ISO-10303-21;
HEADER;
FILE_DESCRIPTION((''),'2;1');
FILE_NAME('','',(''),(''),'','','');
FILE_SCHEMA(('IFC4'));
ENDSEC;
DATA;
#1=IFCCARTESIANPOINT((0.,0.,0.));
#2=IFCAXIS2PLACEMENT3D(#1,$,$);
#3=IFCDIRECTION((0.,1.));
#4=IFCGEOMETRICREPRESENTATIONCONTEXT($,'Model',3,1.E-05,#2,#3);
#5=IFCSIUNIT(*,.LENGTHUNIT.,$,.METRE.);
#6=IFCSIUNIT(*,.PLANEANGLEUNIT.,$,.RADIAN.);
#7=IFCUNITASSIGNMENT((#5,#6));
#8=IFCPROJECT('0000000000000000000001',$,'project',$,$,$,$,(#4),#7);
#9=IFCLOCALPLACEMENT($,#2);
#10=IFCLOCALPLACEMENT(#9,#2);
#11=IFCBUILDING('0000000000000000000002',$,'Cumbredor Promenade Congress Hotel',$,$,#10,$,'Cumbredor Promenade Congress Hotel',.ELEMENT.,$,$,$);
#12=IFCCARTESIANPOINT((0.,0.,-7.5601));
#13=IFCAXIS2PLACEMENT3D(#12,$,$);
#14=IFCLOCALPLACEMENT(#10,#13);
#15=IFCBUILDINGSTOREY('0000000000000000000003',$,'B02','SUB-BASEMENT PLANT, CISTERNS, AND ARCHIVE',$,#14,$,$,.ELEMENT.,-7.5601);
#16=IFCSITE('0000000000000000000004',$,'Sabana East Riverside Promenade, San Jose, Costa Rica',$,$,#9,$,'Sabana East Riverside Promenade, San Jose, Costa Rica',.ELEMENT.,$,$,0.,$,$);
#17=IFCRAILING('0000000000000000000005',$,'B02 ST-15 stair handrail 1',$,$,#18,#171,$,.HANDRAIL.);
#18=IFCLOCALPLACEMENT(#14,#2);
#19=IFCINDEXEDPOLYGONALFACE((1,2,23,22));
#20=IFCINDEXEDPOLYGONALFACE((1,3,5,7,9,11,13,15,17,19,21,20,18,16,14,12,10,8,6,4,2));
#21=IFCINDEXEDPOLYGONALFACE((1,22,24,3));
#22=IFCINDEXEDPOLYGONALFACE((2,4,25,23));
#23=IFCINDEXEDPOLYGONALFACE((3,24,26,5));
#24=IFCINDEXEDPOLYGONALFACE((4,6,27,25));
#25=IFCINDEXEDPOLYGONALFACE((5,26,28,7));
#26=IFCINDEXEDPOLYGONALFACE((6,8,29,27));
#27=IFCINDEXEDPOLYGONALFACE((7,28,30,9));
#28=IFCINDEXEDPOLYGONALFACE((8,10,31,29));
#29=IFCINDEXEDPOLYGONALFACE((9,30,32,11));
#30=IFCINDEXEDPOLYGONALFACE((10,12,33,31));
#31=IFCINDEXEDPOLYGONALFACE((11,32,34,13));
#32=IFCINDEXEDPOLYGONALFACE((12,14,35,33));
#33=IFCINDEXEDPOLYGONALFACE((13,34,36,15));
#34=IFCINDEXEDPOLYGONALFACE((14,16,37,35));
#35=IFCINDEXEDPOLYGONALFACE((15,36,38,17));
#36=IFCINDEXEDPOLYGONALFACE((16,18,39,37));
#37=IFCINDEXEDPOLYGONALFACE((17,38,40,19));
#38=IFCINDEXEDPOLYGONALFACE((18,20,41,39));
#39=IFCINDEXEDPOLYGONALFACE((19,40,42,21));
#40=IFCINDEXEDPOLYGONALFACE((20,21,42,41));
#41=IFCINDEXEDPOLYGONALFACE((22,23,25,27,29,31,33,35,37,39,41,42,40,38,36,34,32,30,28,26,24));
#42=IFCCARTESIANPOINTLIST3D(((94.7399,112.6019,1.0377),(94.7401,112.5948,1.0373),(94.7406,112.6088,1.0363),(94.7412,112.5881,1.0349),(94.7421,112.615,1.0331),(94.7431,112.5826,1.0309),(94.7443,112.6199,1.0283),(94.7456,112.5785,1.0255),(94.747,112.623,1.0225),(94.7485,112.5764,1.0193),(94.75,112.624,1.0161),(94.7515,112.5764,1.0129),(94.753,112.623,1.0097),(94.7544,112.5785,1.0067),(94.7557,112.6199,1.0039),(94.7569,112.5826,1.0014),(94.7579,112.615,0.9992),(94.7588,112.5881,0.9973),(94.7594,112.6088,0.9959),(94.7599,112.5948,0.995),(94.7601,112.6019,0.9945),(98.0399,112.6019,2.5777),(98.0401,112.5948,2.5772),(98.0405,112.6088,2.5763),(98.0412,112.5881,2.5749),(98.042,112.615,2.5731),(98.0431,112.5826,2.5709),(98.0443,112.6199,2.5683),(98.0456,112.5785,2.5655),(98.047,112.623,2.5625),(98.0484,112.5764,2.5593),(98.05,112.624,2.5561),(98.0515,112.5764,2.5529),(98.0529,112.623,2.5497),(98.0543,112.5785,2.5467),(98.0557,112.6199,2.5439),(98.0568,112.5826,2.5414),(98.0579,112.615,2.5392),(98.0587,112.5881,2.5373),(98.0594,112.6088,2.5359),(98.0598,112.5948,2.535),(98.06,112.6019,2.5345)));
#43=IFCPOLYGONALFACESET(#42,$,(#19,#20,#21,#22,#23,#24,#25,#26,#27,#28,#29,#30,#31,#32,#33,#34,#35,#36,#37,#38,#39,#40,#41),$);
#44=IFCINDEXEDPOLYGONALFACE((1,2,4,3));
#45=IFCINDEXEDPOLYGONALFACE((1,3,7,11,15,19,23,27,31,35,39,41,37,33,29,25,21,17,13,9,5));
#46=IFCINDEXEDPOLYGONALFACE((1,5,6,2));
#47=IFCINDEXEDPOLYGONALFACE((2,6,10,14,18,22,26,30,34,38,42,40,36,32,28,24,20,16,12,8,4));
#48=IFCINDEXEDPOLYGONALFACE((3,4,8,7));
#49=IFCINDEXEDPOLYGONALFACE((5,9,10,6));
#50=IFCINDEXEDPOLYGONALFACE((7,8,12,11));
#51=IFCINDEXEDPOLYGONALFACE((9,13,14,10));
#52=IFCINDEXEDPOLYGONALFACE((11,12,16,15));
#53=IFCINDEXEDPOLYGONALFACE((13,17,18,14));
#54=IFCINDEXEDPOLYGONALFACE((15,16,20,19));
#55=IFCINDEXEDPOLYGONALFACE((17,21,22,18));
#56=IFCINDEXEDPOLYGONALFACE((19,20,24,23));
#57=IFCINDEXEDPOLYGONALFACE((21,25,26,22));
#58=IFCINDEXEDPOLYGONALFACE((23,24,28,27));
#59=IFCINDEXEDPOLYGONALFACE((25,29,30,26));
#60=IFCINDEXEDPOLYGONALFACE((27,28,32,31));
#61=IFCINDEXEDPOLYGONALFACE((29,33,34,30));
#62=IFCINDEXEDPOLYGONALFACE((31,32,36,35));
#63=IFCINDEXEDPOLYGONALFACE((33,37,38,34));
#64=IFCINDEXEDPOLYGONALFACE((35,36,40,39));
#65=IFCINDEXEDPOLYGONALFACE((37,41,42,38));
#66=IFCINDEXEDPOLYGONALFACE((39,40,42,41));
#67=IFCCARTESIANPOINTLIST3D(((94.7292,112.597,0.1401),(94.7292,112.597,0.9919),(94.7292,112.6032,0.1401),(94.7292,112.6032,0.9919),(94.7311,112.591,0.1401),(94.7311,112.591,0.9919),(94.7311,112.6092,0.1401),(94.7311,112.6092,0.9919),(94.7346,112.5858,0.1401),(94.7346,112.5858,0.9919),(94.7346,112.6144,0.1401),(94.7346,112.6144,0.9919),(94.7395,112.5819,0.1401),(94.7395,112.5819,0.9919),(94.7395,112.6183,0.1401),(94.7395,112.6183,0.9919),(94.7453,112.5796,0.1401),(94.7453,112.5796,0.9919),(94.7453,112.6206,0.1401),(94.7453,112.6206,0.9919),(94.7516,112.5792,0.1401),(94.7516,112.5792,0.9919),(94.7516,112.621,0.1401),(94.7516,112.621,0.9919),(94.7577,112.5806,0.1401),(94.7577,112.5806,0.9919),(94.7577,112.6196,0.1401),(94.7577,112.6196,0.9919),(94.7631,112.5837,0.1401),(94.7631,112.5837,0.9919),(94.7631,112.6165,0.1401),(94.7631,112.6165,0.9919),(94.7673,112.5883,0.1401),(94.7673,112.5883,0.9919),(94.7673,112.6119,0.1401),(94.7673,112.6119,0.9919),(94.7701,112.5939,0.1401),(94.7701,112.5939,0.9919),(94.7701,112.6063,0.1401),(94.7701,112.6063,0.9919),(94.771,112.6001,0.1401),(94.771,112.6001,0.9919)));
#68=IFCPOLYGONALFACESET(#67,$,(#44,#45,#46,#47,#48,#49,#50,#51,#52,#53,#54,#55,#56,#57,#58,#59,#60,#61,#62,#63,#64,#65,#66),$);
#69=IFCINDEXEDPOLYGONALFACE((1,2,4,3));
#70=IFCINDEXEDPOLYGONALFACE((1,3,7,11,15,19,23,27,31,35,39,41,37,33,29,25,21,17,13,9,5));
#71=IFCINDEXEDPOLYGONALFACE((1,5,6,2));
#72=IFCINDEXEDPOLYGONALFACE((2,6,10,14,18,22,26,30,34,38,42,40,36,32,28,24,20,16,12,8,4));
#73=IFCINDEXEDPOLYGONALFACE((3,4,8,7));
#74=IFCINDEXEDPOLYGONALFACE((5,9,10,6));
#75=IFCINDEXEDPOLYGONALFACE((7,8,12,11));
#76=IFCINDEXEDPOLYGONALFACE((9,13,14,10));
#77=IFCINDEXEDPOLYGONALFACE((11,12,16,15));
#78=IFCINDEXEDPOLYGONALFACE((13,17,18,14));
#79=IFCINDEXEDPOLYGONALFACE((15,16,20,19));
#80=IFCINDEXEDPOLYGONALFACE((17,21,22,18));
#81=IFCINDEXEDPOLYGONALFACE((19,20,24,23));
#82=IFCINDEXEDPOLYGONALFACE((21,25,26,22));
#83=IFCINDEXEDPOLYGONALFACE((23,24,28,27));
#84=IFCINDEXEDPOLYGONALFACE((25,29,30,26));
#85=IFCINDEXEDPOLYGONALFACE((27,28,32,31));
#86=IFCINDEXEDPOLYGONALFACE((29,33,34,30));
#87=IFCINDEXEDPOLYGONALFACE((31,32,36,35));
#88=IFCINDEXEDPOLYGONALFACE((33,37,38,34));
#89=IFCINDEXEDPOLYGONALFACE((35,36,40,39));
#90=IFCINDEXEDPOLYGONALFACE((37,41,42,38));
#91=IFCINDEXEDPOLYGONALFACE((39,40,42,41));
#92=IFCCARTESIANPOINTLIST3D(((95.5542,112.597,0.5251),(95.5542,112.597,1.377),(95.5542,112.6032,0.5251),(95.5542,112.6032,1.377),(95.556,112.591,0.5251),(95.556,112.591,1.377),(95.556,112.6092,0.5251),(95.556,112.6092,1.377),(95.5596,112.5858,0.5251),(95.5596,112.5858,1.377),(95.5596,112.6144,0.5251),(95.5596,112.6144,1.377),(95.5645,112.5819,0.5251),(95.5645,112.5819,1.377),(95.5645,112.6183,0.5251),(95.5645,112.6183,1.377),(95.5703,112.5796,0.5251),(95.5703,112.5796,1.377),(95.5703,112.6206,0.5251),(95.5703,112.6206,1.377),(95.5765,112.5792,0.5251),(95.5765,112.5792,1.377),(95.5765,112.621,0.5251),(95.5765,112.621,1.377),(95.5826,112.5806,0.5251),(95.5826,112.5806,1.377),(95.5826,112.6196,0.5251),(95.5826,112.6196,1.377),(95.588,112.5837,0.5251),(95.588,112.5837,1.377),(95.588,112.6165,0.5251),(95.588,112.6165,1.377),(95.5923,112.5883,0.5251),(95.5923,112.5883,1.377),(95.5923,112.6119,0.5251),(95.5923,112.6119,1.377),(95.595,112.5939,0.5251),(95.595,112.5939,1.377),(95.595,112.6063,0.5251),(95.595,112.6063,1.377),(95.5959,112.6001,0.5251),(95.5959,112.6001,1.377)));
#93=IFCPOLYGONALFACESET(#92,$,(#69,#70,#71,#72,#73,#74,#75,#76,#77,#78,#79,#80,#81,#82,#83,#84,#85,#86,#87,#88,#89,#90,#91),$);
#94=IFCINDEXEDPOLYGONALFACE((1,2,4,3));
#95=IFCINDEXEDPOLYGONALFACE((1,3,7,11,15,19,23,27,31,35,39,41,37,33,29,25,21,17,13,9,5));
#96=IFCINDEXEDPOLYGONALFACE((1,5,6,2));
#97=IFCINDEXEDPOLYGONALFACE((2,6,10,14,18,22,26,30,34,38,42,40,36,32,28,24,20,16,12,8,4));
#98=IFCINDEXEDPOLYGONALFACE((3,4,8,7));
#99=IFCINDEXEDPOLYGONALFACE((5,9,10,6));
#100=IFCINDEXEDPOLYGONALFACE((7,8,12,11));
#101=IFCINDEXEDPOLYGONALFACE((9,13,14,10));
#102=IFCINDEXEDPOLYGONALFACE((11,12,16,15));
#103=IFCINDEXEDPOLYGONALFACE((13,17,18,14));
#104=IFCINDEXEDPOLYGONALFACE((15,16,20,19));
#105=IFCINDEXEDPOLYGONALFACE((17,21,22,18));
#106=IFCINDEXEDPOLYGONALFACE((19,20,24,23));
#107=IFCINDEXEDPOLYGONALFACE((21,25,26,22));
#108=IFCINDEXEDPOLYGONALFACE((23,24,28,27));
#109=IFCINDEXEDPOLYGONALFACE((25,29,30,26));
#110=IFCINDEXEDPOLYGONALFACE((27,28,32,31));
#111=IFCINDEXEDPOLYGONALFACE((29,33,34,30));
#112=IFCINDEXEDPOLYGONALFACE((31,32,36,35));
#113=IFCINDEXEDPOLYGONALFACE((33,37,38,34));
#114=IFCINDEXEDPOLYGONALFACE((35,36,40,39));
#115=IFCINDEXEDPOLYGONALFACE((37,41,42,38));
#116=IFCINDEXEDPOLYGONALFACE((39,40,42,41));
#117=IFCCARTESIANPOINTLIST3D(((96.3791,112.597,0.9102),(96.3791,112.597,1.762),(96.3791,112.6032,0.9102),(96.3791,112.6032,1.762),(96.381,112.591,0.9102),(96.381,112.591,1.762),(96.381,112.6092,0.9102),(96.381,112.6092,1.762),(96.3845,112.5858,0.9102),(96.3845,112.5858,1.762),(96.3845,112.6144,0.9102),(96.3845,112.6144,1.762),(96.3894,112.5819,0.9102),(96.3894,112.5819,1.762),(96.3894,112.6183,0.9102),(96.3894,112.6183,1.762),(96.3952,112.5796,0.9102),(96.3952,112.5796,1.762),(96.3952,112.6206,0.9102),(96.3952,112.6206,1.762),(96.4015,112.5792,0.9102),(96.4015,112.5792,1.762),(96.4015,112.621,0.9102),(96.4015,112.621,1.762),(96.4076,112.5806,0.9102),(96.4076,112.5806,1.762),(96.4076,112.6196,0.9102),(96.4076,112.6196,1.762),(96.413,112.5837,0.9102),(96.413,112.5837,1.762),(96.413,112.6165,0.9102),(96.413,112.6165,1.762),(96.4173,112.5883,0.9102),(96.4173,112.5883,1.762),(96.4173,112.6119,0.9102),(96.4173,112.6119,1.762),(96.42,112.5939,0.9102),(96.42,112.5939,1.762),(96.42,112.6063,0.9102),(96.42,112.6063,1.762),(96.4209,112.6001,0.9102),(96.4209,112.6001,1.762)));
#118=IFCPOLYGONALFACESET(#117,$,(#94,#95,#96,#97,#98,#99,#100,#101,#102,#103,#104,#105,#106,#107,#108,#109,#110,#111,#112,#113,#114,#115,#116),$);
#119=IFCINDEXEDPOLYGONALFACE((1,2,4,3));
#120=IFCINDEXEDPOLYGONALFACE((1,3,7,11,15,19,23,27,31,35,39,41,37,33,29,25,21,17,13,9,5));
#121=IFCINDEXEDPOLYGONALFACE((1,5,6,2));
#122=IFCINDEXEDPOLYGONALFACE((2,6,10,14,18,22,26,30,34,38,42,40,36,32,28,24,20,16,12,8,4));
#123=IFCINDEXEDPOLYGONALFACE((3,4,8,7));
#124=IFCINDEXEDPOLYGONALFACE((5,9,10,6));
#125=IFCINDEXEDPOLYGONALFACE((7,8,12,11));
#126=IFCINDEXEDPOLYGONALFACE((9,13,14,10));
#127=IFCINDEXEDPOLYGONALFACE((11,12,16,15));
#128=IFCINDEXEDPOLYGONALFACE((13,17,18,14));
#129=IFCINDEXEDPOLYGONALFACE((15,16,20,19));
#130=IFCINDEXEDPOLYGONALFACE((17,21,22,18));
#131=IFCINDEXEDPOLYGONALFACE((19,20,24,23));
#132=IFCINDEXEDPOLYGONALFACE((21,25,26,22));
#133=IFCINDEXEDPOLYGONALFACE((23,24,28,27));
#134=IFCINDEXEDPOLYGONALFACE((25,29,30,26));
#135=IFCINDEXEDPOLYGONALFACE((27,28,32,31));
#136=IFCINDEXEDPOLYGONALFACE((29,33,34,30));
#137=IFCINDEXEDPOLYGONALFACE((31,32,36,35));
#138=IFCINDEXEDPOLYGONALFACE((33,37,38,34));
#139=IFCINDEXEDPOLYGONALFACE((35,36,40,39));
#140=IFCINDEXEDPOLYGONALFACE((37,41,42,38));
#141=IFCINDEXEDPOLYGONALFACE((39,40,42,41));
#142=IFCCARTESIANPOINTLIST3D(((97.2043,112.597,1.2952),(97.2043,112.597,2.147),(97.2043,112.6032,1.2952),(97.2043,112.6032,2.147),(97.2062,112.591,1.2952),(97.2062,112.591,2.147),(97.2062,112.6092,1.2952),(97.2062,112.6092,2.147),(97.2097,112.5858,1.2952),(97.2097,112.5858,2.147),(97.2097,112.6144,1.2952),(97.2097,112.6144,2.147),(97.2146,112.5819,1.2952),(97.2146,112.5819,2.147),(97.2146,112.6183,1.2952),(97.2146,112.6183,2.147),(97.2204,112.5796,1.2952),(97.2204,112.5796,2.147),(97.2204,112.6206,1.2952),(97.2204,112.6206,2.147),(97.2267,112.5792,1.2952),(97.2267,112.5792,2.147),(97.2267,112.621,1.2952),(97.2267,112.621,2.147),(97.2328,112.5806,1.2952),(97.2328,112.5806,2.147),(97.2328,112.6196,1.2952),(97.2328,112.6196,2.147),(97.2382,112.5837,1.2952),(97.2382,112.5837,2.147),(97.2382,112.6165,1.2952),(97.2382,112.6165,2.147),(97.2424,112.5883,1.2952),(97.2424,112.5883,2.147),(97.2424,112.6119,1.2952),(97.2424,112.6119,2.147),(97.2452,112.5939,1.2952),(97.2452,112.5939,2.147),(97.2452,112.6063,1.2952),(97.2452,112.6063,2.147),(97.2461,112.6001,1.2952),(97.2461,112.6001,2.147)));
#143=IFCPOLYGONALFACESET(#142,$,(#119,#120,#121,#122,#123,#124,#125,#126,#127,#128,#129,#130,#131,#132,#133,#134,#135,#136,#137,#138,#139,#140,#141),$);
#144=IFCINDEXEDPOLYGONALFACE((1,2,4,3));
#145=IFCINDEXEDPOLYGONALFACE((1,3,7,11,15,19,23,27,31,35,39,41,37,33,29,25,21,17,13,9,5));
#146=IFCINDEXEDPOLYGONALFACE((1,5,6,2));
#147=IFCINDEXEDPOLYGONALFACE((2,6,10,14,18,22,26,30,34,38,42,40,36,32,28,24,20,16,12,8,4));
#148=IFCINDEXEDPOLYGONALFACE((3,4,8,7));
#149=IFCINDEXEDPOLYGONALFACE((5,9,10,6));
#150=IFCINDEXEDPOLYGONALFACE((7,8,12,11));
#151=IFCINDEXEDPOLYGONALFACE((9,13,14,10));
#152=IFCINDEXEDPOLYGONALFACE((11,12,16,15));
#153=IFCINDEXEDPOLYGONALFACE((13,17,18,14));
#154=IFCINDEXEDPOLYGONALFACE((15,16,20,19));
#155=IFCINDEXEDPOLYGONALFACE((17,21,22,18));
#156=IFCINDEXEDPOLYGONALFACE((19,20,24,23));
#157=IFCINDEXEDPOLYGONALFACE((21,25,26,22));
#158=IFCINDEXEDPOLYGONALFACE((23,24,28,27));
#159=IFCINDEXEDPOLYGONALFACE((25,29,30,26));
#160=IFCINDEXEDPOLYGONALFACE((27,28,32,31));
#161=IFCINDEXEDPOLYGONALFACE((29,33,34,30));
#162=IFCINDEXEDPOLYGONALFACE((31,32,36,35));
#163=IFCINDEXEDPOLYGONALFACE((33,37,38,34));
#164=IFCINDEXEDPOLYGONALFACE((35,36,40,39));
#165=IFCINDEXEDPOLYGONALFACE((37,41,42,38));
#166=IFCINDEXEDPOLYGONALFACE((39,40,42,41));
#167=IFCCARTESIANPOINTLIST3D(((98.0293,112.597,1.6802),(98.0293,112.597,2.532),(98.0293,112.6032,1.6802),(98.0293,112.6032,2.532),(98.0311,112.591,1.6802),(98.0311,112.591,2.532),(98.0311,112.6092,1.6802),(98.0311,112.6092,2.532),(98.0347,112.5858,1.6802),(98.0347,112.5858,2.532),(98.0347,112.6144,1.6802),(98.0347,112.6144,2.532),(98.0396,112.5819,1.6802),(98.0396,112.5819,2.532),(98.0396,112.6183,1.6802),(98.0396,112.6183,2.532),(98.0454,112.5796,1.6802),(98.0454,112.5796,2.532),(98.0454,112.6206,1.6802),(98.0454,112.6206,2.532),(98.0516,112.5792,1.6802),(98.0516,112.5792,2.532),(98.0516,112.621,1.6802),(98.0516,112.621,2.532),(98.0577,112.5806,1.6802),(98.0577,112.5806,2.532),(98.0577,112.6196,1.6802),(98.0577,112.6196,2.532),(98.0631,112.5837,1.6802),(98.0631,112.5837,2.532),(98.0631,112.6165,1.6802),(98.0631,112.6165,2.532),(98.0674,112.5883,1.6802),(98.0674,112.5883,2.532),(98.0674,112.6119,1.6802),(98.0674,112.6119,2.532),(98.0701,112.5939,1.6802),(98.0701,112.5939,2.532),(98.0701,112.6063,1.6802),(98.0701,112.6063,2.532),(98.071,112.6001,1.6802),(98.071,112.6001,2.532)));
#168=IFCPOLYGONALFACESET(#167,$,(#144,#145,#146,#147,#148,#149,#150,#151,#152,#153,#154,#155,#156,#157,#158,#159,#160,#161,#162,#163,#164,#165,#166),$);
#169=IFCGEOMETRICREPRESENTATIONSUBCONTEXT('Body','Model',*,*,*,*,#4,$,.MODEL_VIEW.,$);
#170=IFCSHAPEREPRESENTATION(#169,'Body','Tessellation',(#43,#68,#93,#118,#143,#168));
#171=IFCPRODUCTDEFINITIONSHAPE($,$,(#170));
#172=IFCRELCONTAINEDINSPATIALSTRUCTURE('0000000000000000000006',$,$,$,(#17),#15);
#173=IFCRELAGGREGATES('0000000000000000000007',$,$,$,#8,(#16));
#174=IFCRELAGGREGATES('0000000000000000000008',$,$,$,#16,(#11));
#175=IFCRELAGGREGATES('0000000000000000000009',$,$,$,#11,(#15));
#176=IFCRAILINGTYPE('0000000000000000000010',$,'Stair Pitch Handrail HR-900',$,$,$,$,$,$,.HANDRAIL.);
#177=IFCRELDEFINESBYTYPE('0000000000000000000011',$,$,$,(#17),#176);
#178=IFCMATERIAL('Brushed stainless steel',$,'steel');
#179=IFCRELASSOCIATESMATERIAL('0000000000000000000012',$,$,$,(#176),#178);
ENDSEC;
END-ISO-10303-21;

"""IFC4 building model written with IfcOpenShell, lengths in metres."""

from ifc_helpers import new_model, si_unit, direction, frame, origin, origin_2d, place, context, subcontext, project, spatial, circle, extrude, material, type_object, element, save


model = new_model("IFC4")

# Units and contexts
model_context = context("Model", 3, precision=1e-05, world=origin(), true_north=direction((0.0, 1.0)))
body_context = subcontext(model_context, "Body", "Model", "MODEL_VIEW")
ifc_project = project(units=[si_unit("LENGTHUNIT", "METRE"), si_unit("PLANEANGLEUNIT", "RADIAN")], contexts=[model_context])

# Site, building, storey
site_placement = place(None, origin())
site = spatial("IfcSite", under=ifc_project, at=site_placement, Name="Sabana East Riverside Promenade, San Jose, Costa Rica", LongName="Sabana East Riverside Promenade, San Jose, Costa Rica", CompositionType="ELEMENT", RefElevation=0.0)
building_placement = place(site_placement, origin())
building = spatial("IfcBuilding", under=site, at=building_placement, Name="Cumbredor Promenade Congress Hotel", LongName="Cumbredor Promenade Congress Hotel", CompositionType="ELEMENT")
storey_placement = place(building_placement, frame((0.0, 0.0, -7.5601)))
storey = spatial("IfcBuildingStorey", under=building, at=storey_placement, Name="B02", Description="SUB-BASEMENT PLANT, CISTERNS, AND ARCHIVE", CompositionType="ELEMENT", Elevation=-7.5601)

# Railing
ifc_material_1 = material(Name="Brushed stainless steel", Category="steel")
railing_type_1 = type_object("IfcRailingType", Name="Stair Pitch Handrail HR-900", PredefinedType="HANDRAIL", material=ifc_material_1)
railing_1_placement = place(storey_placement, frame((94.75, 112.6001, 0.1401)))
element("IfcRailing", 1, at=railing_1_placement, inside=storey, type_object=railing_type_1, Name="B02 ST-15 stair handrail 1", PredefinedType="HANDRAIL", context=body_context, shape_type="SweptSolid", body=[
    extrude(circle(Radius=0.0239, at=origin_2d()), frame((0.0, 0.0, 0.876), z_axis=(0.906181, 0.0, 0.422889), x_axis=(0.0, 1.0, 0.0)), (0.0, 0.0, 1.0), 3.6416),
    extrude(circle(Radius=0.021, at=origin_2d()), origin(), (0.0, 0.0, 1.0), 0.8518),
    extrude(circle(Radius=0.021, at=origin_2d()), frame((0.825, 0.0, 0.385)), (0.0, 0.0, 1.0), 0.8518),
    extrude(circle(Radius=0.021, at=origin_2d()), frame((1.6499, 0.0, 0.77)), (0.0, 0.0, 1.0), 0.8518),
    extrude(circle(Radius=0.021, at=origin_2d()), frame((2.4751, 0.0, 1.155)), (0.0, 0.0, 1.0), 0.8518),
    extrude(circle(Radius=0.021, at=origin_2d()), frame((3.3, 0.0, 1.54)), (0.0, 0.0, 1.0), 0.8518),
])

save(model, "model.ifc")
